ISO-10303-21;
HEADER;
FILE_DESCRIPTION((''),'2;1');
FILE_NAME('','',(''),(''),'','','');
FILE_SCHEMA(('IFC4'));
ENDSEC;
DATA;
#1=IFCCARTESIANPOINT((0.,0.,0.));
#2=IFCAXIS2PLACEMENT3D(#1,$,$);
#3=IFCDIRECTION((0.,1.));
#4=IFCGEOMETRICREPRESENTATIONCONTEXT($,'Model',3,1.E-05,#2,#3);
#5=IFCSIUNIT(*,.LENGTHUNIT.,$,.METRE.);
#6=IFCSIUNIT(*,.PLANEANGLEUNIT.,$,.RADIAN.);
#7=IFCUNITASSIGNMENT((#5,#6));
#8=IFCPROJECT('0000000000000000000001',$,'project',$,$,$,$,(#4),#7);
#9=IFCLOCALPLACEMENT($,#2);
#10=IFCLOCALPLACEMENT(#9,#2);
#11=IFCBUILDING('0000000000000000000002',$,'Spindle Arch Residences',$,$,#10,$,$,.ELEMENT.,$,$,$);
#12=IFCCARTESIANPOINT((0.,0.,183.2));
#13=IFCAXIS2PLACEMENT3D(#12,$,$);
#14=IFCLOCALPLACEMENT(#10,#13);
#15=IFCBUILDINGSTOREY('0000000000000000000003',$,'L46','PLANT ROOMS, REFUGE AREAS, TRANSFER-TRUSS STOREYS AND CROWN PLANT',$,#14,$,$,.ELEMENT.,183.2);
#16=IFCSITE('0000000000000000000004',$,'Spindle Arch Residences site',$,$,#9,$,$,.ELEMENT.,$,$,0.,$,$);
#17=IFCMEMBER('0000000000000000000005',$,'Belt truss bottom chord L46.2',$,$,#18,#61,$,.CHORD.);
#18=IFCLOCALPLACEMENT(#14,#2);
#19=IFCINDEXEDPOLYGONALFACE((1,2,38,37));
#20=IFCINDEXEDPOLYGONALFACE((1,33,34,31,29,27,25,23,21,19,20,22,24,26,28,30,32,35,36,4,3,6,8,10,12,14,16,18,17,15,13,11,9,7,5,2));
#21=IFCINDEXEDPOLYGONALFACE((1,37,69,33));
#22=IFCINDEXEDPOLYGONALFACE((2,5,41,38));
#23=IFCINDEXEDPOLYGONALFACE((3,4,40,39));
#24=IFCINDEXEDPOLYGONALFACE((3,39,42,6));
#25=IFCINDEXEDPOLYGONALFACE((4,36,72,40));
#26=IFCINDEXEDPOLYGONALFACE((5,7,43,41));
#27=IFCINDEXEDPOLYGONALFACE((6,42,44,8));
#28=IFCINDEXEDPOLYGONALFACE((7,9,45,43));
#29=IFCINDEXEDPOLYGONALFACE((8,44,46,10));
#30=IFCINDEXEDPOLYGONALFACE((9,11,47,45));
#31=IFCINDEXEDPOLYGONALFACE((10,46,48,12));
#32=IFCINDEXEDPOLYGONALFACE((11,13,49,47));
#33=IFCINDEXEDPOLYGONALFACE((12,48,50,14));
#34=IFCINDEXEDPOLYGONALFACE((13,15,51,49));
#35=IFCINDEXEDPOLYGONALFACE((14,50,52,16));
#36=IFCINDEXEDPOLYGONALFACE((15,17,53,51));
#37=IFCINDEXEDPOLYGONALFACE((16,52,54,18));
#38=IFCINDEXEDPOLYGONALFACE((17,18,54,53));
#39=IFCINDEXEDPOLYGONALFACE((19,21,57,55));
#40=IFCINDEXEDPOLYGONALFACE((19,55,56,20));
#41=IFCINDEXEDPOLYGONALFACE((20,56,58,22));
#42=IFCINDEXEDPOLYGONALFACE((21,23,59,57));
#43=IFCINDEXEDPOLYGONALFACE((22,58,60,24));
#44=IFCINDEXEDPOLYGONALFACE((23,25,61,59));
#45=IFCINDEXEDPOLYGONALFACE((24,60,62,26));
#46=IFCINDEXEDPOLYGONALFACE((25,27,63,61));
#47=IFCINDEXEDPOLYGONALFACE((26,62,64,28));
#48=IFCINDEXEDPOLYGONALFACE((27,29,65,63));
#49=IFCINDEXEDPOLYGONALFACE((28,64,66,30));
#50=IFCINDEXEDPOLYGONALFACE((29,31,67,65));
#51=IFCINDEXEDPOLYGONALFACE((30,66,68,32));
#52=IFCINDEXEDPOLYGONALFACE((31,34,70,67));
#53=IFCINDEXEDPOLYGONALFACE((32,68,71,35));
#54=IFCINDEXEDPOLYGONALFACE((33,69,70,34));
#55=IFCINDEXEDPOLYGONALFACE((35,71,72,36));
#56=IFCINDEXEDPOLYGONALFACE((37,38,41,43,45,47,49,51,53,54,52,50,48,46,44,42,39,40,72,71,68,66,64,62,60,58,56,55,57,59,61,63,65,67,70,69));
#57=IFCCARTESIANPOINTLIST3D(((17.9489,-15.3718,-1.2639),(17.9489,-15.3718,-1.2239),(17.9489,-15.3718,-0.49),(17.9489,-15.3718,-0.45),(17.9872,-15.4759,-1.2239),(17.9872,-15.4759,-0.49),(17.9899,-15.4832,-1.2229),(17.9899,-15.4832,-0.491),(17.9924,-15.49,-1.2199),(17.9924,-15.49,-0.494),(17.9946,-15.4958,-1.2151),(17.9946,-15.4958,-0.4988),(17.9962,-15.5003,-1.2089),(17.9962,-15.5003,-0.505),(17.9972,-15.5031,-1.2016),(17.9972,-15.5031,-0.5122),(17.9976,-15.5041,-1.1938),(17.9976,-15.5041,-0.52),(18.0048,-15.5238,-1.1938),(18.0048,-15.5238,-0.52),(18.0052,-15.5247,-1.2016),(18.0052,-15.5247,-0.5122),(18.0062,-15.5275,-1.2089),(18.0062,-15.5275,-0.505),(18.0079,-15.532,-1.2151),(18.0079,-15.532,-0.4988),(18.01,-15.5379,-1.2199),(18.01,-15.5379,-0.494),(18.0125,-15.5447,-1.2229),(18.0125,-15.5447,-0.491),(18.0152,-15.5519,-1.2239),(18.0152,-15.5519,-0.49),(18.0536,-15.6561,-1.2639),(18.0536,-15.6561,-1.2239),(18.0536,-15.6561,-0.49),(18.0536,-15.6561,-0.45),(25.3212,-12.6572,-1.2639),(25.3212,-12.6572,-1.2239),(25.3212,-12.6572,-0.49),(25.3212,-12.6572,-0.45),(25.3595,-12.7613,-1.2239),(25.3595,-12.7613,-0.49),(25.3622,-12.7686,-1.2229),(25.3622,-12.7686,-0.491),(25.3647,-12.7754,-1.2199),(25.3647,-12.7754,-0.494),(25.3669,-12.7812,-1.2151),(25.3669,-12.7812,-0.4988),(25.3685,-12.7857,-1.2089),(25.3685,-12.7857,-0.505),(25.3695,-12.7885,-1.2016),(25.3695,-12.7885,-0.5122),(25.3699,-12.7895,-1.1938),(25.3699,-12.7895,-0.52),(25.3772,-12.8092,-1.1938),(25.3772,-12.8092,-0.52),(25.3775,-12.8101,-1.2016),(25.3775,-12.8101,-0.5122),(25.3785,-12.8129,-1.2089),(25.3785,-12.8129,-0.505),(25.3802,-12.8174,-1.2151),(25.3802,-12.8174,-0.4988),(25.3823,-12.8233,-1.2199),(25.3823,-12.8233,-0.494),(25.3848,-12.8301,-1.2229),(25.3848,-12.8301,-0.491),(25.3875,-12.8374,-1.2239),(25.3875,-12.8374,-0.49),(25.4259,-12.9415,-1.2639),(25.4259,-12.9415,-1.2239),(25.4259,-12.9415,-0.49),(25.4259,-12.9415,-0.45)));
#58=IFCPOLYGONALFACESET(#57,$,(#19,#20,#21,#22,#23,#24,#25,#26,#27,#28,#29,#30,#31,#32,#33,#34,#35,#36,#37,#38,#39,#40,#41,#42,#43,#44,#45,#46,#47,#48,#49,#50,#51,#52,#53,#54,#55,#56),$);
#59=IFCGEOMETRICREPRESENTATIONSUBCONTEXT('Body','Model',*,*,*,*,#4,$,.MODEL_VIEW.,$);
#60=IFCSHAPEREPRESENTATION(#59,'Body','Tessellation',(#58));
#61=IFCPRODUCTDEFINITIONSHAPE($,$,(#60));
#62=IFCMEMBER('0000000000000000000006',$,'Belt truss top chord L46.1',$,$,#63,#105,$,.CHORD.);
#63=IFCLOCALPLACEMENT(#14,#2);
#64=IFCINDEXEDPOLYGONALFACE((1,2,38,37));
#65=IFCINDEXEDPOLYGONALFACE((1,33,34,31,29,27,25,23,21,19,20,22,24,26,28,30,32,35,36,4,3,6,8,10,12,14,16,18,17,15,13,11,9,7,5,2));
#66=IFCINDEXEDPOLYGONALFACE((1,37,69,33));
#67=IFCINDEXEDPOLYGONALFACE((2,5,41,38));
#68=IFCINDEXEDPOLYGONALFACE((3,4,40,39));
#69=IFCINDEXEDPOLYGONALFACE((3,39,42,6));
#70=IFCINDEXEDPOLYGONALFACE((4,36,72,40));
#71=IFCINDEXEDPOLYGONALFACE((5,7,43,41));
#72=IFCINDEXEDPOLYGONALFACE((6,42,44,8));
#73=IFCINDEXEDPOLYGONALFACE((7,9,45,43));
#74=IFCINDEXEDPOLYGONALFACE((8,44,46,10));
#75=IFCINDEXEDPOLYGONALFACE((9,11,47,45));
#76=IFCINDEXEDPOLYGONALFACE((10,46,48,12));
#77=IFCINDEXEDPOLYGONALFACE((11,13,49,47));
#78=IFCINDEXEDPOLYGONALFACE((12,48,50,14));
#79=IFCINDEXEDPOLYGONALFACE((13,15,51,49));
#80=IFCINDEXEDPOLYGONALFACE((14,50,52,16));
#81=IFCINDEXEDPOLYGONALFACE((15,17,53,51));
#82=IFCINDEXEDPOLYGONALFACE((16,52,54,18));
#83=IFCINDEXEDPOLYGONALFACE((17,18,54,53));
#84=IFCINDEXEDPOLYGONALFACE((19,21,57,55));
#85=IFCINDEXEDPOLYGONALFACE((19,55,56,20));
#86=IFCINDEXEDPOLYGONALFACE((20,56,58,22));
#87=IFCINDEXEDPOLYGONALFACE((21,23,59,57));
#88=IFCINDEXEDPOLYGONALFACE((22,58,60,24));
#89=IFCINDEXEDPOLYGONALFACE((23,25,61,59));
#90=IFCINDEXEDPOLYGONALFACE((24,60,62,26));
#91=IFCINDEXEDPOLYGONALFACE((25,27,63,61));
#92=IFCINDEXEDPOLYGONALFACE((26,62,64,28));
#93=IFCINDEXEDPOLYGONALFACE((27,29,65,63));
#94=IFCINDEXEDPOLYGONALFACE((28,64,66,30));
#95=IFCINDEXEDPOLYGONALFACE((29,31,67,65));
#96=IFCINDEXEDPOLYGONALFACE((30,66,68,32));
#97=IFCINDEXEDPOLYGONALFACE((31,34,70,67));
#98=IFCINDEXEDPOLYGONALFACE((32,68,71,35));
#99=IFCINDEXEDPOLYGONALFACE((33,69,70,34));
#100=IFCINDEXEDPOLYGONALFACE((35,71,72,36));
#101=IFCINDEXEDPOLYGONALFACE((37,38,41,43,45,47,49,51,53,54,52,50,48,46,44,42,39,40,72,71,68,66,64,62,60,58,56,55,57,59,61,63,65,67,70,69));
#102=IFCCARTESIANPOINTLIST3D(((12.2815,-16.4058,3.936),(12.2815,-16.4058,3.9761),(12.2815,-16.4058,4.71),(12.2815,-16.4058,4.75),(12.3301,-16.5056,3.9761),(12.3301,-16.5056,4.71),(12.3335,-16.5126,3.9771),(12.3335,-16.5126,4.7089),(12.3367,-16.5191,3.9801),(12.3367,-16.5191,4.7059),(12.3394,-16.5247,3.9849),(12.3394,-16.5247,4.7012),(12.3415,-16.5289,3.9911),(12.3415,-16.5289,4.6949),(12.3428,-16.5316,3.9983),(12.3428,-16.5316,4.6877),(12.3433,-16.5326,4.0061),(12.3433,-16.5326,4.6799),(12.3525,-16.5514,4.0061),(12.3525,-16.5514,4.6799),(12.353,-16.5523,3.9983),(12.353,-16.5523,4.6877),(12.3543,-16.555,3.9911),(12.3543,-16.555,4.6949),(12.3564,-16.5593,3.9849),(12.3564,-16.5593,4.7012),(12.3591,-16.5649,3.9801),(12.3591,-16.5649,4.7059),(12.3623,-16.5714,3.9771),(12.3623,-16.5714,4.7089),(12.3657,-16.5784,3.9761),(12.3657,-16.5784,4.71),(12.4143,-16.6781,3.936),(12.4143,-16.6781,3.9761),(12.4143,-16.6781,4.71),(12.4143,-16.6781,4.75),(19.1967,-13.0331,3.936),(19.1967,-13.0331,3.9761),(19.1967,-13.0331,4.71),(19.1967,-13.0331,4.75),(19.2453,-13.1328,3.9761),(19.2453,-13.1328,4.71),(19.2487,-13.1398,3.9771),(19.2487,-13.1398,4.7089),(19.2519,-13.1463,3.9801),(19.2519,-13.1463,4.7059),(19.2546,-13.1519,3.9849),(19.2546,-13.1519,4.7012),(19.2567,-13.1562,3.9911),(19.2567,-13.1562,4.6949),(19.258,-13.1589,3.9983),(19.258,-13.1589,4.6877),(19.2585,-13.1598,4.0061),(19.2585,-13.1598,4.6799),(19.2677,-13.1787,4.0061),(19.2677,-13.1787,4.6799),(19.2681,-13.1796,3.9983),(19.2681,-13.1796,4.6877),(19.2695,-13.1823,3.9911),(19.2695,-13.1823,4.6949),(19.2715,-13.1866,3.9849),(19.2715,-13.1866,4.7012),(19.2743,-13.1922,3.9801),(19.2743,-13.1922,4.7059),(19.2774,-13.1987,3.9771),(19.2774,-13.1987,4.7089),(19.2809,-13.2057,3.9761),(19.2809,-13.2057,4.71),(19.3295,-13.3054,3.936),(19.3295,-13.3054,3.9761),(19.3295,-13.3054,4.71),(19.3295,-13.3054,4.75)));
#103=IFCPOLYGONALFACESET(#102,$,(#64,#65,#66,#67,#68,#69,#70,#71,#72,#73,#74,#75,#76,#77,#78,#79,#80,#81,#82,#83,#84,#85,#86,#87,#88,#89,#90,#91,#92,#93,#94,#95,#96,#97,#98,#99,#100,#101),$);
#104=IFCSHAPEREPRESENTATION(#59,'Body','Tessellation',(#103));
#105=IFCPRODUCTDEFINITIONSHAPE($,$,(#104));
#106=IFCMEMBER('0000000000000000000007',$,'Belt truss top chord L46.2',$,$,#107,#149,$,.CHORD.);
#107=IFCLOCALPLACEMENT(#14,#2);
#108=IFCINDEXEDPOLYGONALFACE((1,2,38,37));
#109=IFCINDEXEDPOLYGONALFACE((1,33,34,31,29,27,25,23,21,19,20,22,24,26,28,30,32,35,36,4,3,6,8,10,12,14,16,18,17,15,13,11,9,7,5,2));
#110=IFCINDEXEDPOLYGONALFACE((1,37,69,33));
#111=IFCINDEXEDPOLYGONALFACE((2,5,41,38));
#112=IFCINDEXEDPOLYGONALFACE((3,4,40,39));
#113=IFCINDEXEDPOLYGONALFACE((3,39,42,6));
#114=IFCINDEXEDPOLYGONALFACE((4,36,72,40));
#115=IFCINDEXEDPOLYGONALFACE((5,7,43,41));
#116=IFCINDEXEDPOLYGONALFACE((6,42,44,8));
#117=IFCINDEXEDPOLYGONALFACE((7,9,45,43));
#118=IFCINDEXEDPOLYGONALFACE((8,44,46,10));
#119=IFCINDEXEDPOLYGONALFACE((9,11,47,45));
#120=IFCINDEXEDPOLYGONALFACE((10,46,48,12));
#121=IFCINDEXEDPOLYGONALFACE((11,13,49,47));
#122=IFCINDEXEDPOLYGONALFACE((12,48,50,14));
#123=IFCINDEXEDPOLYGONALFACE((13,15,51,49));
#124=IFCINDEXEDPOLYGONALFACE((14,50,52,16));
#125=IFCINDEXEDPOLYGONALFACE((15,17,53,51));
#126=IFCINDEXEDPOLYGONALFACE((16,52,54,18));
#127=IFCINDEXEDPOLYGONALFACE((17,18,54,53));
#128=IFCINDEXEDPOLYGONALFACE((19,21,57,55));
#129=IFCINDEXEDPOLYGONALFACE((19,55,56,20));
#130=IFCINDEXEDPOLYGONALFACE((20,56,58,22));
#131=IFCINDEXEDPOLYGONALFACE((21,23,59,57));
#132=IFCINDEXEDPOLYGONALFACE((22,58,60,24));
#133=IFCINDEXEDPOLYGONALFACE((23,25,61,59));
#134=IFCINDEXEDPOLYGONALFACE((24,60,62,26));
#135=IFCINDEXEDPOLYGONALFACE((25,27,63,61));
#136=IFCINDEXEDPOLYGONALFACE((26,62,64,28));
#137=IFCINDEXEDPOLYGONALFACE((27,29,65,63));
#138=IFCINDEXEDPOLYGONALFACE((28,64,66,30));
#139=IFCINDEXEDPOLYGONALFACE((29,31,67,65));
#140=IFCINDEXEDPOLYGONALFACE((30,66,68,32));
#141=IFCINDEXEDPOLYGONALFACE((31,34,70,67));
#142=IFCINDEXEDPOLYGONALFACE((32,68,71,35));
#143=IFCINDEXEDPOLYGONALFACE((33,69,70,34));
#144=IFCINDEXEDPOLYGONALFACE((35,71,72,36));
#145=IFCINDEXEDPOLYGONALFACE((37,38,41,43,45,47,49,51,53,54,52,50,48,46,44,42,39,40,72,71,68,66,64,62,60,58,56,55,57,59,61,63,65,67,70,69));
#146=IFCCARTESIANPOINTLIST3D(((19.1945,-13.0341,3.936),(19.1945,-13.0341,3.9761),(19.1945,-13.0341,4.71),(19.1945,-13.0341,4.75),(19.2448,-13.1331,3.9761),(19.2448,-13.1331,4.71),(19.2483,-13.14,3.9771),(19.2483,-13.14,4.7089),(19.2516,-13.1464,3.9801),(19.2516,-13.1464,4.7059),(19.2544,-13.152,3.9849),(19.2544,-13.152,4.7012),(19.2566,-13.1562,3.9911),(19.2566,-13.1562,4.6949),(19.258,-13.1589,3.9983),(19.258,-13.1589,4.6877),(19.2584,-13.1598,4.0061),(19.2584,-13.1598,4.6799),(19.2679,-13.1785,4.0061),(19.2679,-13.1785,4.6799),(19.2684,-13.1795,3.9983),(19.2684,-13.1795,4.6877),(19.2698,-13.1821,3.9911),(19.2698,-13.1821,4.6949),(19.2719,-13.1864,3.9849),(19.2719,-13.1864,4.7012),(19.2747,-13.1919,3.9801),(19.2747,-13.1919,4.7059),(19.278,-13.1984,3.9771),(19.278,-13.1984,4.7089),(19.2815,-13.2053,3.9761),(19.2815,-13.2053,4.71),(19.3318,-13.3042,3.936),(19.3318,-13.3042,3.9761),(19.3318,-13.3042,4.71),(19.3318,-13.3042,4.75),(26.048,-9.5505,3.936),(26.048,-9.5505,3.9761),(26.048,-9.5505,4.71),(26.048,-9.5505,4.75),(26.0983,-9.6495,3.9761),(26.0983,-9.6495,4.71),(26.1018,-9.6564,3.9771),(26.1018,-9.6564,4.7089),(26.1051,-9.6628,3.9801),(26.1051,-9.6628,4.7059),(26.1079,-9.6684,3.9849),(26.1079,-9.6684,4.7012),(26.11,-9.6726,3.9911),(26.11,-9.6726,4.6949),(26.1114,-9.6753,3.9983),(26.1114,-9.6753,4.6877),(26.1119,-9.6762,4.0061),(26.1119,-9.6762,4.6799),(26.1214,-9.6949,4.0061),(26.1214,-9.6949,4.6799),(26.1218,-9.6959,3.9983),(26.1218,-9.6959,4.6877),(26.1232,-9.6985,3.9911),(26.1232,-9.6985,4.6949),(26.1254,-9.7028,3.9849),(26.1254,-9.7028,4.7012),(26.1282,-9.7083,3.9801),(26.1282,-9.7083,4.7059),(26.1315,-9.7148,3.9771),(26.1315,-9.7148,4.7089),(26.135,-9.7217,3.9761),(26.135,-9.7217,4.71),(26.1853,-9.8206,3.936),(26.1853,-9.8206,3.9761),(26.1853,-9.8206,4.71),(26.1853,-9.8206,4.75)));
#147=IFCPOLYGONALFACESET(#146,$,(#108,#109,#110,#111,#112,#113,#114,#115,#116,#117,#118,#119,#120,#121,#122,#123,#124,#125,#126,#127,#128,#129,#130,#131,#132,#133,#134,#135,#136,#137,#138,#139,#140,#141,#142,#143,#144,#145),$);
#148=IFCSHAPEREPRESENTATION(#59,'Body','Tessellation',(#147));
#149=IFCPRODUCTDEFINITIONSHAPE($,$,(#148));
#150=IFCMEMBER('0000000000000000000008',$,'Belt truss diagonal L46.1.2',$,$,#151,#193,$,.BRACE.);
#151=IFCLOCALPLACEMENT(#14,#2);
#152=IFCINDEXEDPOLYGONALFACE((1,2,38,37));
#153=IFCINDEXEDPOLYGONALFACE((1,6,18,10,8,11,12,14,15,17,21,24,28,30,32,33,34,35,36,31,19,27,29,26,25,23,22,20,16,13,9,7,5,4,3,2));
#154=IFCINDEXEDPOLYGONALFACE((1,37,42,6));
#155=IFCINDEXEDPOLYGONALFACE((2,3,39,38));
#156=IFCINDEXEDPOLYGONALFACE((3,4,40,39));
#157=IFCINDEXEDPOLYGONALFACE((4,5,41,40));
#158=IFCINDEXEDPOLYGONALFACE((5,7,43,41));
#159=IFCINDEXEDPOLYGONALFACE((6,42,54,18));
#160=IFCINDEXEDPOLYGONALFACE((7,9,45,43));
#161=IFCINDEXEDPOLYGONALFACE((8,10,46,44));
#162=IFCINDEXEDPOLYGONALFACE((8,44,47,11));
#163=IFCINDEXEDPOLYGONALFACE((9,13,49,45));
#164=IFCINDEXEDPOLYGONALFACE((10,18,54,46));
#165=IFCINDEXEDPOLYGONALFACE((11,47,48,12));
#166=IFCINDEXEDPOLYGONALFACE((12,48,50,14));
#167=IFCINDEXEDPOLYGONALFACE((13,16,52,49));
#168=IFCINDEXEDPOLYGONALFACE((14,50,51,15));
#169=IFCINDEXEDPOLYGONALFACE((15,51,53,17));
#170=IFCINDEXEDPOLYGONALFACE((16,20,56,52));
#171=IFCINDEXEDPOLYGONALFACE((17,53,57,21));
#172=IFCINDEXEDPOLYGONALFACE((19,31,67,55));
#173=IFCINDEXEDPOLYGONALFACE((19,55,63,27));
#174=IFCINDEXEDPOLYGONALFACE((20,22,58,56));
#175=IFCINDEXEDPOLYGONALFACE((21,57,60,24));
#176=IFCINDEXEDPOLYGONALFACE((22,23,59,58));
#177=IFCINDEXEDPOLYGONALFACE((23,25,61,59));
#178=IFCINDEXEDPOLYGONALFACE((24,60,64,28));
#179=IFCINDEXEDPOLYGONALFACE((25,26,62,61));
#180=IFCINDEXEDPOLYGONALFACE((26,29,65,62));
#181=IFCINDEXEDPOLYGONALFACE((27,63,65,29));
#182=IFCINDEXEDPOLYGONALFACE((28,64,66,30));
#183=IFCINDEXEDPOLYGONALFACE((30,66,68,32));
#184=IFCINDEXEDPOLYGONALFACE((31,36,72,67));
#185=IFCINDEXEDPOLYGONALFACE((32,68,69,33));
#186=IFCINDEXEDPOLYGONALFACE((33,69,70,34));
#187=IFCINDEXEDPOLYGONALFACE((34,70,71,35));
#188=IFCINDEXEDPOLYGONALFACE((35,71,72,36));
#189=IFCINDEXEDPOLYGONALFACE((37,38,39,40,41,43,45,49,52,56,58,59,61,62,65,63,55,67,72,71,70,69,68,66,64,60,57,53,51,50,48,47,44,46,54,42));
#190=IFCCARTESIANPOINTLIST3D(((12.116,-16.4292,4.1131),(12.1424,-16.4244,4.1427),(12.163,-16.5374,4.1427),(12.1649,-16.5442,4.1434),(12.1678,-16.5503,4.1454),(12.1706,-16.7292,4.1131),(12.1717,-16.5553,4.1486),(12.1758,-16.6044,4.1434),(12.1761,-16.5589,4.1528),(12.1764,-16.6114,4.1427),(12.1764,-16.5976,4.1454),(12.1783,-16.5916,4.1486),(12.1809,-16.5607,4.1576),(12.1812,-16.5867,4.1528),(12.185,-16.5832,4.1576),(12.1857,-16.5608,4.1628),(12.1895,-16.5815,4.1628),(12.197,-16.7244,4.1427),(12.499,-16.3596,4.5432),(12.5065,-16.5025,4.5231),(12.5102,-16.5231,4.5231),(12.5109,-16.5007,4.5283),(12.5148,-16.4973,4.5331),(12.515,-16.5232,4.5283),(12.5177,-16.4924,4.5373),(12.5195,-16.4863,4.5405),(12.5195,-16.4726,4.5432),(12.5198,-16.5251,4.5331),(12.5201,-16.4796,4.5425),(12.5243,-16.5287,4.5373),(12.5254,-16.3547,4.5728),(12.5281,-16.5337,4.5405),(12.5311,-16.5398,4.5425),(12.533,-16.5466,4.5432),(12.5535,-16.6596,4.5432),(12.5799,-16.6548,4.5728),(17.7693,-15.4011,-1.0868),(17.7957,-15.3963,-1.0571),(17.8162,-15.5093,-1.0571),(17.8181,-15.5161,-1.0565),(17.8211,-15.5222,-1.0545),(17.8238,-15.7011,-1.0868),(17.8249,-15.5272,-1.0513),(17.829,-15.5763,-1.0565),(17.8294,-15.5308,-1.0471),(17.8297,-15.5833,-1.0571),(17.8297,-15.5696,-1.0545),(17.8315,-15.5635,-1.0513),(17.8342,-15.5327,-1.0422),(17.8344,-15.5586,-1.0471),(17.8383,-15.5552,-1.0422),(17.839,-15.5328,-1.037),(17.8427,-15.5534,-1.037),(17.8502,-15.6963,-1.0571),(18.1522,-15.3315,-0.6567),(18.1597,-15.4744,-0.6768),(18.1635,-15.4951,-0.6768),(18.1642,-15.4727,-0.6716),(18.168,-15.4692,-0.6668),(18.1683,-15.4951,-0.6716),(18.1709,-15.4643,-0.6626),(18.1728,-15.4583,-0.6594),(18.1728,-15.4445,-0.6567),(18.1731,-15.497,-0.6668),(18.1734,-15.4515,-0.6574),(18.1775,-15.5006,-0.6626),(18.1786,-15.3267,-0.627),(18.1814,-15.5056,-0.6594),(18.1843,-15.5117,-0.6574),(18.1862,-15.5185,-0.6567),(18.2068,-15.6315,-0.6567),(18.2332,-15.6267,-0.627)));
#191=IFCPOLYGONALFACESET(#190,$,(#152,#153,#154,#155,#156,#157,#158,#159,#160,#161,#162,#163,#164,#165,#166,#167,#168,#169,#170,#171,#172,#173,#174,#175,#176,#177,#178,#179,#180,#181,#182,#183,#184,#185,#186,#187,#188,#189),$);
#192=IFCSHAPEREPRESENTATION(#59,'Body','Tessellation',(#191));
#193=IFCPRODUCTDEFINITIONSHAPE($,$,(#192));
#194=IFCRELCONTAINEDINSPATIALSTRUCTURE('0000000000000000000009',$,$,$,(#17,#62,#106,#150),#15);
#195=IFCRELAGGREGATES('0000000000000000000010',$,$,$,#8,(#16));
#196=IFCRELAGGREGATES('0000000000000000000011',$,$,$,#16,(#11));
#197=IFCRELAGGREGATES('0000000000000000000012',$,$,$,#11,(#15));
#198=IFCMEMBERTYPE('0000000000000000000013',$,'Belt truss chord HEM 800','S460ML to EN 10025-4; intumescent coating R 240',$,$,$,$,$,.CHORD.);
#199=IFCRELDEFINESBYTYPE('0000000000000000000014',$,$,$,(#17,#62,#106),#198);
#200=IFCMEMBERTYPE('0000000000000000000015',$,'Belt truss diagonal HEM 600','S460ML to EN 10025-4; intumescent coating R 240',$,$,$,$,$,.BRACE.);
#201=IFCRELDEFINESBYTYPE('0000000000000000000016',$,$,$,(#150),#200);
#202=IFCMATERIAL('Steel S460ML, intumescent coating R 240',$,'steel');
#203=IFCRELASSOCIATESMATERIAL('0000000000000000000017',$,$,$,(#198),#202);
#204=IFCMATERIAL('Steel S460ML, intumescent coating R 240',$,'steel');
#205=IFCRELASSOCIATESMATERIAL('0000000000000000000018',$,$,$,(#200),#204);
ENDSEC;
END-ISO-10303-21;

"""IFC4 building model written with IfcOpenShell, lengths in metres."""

from ifc_helpers import new_model, si_unit, direction, frame, origin, origin_2d, place, context, subcontext, project, spatial, i_section, extrude, material, material_profile, profile_set, type_object, element, save


model = new_model("IFC4")

# Units and contexts
model_context = context("Model", 3, precision=1e-05, world=origin(), true_north=direction((0.0, 1.0)))
body_context = subcontext(model_context, "Body", "Model", "MODEL_VIEW")
ifc_project = project(units=[si_unit("LENGTHUNIT", "METRE"), si_unit("PLANEANGLEUNIT", "RADIAN")], contexts=[model_context])

# Site, building, storey
site_placement = place(None, origin())
site = spatial("IfcSite", under=ifc_project, at=site_placement, Name="Spindle Arch Residences site", CompositionType="ELEMENT", RefElevation=0.0)
building_placement = place(site_placement, origin())
building = spatial("IfcBuilding", under=site, at=building_placement, Name="Spindle Arch Residences", CompositionType="ELEMENT")
storey_placement = place(building_placement, frame((0.0, 0.0, 183.2)))
storey = spatial("IfcBuildingStorey", under=building, at=storey_placement, Name="L46", Description="PLANT ROOMS, REFUGE AREAS, TRANSFER-TRUSS STOREYS AND CROWN PLANT", CompositionType="ELEMENT", Elevation=183.2)

# Members
ifc_material_1 = material(Name="Steel S460ML, intumescent coating R 240", Category="steel")
ifc_material_profile_1 = material_profile(ifc_material_1, i_section(OverallWidth=0.303, OverallDepth=0.814, WebThickness=0.021, FlangeThickness=0.04, FilletRadius=0.03, at=origin_2d()), Name="HEM 800")
ifc_profile_set_1 = profile_set([ifc_material_profile_1], Name="Steel S460ML, intumescent coating R 240")
member_type_1 = type_object("IfcMemberType", Name="Belt truss chord HEM 800", Description="S460ML to EN 10025-4; intumescent coating R 240", PredefinedType="CHORD", material=ifc_profile_set_1)
member_1_placement = place(storey_placement, frame((18.0012, -15.5139, -0.8569), z_axis=(0.938406, 0.345535, 0.0), x_axis=(-0.345535, 0.938406, 0.0)))
element("IfcMember", 1, at=member_1_placement, inside=storey, type_object=member_type_1, Name="Belt truss bottom chord L46.2", PredefinedType="CHORD", context=body_context, shape_type="SweptSolid", body=[
    extrude(i_section(OverallWidth=0.303, OverallDepth=0.814, WebThickness=0.021, FlangeThickness=0.04, FilletRadius=0.03, at=origin_2d()), origin(), (0.0, 0.0, 1.0), 7.8562),
])
member_2_placement = place(storey_placement, frame((12.3479, -16.542, 4.343), z_axis=(0.898794, 0.43837, 0.0), x_axis=(-0.43837, 0.898794, 0.0)))
element("IfcMember", 2, at=member_2_placement, inside=storey, type_object=member_type_1, Name="Belt truss top chord L46.1", PredefinedType="CHORD", context=body_context, shape_type="SweptSolid", body=[
    extrude(i_section(OverallWidth=0.303, OverallDepth=0.814, WebThickness=0.021, FlangeThickness=0.04, FilletRadius=0.03, at=origin_2d()), origin(), (0.0, 0.0, 1.0), 7.6938),
])
member_3_placement = place(storey_placement, frame((19.2632, -13.1692, 4.343), z_axis=(0.891448, 0.453123, 0.0), x_axis=(-0.453123, 0.891448, 0.0)))
element("IfcMember", 3, at=member_3_placement, inside=storey, type_object=member_type_1, Name="Belt truss top chord L46.2", PredefinedType="CHORD", context=body_context, shape_type="SweptSolid", body=[
    extrude(i_section(OverallWidth=0.303, OverallDepth=0.814, WebThickness=0.021, FlangeThickness=0.04, FilletRadius=0.03, at=origin_2d()), origin(), (0.0, 0.0, 1.0), 7.688),
])
ifc_material_2 = material(Name="Steel S460ML, intumescent coating R 240", Category="steel")
ifc_material_profile_2 = material_profile(ifc_material_2, i_section(OverallWidth=0.3049, OverallDepth=0.6201, WebThickness=0.021, FlangeThickness=0.04, FilletRadius=0.0271, at=origin_2d()), Name="HEM 600")
ifc_profile_set_2 = profile_set([ifc_material_profile_2], Name="Steel S460ML, intumescent coating R 240")
member_type_2 = type_object("IfcMemberType", Name="Belt truss diagonal HEM 600", Description="S460ML to EN 10025-4; intumescent coating R 240", PredefinedType="BRACE", material=ifc_profile_set_2)
member_4_placement = place(storey_placement, frame((18.0012, -15.5139, -0.8569), z_axis=(-0.729497, -0.132662, 0.670995), x_axis=(0.178919, -0.983864, 0.0)))
element("IfcMember", 4, at=member_4_placement, inside=storey, type_object=member_type_2, Name="Belt truss diagonal L46.1.2", PredefinedType="BRACE", context=body_context, shape_type="SweptSolid", body=[
    extrude(i_section(OverallWidth=0.3049, OverallDepth=0.6201, WebThickness=0.021, FlangeThickness=0.04, FilletRadius=0.0271, at=origin_2d()), origin(), (0.0, 0.0, 1.0), 7.7495),
])

save(model, "model.ifc")
